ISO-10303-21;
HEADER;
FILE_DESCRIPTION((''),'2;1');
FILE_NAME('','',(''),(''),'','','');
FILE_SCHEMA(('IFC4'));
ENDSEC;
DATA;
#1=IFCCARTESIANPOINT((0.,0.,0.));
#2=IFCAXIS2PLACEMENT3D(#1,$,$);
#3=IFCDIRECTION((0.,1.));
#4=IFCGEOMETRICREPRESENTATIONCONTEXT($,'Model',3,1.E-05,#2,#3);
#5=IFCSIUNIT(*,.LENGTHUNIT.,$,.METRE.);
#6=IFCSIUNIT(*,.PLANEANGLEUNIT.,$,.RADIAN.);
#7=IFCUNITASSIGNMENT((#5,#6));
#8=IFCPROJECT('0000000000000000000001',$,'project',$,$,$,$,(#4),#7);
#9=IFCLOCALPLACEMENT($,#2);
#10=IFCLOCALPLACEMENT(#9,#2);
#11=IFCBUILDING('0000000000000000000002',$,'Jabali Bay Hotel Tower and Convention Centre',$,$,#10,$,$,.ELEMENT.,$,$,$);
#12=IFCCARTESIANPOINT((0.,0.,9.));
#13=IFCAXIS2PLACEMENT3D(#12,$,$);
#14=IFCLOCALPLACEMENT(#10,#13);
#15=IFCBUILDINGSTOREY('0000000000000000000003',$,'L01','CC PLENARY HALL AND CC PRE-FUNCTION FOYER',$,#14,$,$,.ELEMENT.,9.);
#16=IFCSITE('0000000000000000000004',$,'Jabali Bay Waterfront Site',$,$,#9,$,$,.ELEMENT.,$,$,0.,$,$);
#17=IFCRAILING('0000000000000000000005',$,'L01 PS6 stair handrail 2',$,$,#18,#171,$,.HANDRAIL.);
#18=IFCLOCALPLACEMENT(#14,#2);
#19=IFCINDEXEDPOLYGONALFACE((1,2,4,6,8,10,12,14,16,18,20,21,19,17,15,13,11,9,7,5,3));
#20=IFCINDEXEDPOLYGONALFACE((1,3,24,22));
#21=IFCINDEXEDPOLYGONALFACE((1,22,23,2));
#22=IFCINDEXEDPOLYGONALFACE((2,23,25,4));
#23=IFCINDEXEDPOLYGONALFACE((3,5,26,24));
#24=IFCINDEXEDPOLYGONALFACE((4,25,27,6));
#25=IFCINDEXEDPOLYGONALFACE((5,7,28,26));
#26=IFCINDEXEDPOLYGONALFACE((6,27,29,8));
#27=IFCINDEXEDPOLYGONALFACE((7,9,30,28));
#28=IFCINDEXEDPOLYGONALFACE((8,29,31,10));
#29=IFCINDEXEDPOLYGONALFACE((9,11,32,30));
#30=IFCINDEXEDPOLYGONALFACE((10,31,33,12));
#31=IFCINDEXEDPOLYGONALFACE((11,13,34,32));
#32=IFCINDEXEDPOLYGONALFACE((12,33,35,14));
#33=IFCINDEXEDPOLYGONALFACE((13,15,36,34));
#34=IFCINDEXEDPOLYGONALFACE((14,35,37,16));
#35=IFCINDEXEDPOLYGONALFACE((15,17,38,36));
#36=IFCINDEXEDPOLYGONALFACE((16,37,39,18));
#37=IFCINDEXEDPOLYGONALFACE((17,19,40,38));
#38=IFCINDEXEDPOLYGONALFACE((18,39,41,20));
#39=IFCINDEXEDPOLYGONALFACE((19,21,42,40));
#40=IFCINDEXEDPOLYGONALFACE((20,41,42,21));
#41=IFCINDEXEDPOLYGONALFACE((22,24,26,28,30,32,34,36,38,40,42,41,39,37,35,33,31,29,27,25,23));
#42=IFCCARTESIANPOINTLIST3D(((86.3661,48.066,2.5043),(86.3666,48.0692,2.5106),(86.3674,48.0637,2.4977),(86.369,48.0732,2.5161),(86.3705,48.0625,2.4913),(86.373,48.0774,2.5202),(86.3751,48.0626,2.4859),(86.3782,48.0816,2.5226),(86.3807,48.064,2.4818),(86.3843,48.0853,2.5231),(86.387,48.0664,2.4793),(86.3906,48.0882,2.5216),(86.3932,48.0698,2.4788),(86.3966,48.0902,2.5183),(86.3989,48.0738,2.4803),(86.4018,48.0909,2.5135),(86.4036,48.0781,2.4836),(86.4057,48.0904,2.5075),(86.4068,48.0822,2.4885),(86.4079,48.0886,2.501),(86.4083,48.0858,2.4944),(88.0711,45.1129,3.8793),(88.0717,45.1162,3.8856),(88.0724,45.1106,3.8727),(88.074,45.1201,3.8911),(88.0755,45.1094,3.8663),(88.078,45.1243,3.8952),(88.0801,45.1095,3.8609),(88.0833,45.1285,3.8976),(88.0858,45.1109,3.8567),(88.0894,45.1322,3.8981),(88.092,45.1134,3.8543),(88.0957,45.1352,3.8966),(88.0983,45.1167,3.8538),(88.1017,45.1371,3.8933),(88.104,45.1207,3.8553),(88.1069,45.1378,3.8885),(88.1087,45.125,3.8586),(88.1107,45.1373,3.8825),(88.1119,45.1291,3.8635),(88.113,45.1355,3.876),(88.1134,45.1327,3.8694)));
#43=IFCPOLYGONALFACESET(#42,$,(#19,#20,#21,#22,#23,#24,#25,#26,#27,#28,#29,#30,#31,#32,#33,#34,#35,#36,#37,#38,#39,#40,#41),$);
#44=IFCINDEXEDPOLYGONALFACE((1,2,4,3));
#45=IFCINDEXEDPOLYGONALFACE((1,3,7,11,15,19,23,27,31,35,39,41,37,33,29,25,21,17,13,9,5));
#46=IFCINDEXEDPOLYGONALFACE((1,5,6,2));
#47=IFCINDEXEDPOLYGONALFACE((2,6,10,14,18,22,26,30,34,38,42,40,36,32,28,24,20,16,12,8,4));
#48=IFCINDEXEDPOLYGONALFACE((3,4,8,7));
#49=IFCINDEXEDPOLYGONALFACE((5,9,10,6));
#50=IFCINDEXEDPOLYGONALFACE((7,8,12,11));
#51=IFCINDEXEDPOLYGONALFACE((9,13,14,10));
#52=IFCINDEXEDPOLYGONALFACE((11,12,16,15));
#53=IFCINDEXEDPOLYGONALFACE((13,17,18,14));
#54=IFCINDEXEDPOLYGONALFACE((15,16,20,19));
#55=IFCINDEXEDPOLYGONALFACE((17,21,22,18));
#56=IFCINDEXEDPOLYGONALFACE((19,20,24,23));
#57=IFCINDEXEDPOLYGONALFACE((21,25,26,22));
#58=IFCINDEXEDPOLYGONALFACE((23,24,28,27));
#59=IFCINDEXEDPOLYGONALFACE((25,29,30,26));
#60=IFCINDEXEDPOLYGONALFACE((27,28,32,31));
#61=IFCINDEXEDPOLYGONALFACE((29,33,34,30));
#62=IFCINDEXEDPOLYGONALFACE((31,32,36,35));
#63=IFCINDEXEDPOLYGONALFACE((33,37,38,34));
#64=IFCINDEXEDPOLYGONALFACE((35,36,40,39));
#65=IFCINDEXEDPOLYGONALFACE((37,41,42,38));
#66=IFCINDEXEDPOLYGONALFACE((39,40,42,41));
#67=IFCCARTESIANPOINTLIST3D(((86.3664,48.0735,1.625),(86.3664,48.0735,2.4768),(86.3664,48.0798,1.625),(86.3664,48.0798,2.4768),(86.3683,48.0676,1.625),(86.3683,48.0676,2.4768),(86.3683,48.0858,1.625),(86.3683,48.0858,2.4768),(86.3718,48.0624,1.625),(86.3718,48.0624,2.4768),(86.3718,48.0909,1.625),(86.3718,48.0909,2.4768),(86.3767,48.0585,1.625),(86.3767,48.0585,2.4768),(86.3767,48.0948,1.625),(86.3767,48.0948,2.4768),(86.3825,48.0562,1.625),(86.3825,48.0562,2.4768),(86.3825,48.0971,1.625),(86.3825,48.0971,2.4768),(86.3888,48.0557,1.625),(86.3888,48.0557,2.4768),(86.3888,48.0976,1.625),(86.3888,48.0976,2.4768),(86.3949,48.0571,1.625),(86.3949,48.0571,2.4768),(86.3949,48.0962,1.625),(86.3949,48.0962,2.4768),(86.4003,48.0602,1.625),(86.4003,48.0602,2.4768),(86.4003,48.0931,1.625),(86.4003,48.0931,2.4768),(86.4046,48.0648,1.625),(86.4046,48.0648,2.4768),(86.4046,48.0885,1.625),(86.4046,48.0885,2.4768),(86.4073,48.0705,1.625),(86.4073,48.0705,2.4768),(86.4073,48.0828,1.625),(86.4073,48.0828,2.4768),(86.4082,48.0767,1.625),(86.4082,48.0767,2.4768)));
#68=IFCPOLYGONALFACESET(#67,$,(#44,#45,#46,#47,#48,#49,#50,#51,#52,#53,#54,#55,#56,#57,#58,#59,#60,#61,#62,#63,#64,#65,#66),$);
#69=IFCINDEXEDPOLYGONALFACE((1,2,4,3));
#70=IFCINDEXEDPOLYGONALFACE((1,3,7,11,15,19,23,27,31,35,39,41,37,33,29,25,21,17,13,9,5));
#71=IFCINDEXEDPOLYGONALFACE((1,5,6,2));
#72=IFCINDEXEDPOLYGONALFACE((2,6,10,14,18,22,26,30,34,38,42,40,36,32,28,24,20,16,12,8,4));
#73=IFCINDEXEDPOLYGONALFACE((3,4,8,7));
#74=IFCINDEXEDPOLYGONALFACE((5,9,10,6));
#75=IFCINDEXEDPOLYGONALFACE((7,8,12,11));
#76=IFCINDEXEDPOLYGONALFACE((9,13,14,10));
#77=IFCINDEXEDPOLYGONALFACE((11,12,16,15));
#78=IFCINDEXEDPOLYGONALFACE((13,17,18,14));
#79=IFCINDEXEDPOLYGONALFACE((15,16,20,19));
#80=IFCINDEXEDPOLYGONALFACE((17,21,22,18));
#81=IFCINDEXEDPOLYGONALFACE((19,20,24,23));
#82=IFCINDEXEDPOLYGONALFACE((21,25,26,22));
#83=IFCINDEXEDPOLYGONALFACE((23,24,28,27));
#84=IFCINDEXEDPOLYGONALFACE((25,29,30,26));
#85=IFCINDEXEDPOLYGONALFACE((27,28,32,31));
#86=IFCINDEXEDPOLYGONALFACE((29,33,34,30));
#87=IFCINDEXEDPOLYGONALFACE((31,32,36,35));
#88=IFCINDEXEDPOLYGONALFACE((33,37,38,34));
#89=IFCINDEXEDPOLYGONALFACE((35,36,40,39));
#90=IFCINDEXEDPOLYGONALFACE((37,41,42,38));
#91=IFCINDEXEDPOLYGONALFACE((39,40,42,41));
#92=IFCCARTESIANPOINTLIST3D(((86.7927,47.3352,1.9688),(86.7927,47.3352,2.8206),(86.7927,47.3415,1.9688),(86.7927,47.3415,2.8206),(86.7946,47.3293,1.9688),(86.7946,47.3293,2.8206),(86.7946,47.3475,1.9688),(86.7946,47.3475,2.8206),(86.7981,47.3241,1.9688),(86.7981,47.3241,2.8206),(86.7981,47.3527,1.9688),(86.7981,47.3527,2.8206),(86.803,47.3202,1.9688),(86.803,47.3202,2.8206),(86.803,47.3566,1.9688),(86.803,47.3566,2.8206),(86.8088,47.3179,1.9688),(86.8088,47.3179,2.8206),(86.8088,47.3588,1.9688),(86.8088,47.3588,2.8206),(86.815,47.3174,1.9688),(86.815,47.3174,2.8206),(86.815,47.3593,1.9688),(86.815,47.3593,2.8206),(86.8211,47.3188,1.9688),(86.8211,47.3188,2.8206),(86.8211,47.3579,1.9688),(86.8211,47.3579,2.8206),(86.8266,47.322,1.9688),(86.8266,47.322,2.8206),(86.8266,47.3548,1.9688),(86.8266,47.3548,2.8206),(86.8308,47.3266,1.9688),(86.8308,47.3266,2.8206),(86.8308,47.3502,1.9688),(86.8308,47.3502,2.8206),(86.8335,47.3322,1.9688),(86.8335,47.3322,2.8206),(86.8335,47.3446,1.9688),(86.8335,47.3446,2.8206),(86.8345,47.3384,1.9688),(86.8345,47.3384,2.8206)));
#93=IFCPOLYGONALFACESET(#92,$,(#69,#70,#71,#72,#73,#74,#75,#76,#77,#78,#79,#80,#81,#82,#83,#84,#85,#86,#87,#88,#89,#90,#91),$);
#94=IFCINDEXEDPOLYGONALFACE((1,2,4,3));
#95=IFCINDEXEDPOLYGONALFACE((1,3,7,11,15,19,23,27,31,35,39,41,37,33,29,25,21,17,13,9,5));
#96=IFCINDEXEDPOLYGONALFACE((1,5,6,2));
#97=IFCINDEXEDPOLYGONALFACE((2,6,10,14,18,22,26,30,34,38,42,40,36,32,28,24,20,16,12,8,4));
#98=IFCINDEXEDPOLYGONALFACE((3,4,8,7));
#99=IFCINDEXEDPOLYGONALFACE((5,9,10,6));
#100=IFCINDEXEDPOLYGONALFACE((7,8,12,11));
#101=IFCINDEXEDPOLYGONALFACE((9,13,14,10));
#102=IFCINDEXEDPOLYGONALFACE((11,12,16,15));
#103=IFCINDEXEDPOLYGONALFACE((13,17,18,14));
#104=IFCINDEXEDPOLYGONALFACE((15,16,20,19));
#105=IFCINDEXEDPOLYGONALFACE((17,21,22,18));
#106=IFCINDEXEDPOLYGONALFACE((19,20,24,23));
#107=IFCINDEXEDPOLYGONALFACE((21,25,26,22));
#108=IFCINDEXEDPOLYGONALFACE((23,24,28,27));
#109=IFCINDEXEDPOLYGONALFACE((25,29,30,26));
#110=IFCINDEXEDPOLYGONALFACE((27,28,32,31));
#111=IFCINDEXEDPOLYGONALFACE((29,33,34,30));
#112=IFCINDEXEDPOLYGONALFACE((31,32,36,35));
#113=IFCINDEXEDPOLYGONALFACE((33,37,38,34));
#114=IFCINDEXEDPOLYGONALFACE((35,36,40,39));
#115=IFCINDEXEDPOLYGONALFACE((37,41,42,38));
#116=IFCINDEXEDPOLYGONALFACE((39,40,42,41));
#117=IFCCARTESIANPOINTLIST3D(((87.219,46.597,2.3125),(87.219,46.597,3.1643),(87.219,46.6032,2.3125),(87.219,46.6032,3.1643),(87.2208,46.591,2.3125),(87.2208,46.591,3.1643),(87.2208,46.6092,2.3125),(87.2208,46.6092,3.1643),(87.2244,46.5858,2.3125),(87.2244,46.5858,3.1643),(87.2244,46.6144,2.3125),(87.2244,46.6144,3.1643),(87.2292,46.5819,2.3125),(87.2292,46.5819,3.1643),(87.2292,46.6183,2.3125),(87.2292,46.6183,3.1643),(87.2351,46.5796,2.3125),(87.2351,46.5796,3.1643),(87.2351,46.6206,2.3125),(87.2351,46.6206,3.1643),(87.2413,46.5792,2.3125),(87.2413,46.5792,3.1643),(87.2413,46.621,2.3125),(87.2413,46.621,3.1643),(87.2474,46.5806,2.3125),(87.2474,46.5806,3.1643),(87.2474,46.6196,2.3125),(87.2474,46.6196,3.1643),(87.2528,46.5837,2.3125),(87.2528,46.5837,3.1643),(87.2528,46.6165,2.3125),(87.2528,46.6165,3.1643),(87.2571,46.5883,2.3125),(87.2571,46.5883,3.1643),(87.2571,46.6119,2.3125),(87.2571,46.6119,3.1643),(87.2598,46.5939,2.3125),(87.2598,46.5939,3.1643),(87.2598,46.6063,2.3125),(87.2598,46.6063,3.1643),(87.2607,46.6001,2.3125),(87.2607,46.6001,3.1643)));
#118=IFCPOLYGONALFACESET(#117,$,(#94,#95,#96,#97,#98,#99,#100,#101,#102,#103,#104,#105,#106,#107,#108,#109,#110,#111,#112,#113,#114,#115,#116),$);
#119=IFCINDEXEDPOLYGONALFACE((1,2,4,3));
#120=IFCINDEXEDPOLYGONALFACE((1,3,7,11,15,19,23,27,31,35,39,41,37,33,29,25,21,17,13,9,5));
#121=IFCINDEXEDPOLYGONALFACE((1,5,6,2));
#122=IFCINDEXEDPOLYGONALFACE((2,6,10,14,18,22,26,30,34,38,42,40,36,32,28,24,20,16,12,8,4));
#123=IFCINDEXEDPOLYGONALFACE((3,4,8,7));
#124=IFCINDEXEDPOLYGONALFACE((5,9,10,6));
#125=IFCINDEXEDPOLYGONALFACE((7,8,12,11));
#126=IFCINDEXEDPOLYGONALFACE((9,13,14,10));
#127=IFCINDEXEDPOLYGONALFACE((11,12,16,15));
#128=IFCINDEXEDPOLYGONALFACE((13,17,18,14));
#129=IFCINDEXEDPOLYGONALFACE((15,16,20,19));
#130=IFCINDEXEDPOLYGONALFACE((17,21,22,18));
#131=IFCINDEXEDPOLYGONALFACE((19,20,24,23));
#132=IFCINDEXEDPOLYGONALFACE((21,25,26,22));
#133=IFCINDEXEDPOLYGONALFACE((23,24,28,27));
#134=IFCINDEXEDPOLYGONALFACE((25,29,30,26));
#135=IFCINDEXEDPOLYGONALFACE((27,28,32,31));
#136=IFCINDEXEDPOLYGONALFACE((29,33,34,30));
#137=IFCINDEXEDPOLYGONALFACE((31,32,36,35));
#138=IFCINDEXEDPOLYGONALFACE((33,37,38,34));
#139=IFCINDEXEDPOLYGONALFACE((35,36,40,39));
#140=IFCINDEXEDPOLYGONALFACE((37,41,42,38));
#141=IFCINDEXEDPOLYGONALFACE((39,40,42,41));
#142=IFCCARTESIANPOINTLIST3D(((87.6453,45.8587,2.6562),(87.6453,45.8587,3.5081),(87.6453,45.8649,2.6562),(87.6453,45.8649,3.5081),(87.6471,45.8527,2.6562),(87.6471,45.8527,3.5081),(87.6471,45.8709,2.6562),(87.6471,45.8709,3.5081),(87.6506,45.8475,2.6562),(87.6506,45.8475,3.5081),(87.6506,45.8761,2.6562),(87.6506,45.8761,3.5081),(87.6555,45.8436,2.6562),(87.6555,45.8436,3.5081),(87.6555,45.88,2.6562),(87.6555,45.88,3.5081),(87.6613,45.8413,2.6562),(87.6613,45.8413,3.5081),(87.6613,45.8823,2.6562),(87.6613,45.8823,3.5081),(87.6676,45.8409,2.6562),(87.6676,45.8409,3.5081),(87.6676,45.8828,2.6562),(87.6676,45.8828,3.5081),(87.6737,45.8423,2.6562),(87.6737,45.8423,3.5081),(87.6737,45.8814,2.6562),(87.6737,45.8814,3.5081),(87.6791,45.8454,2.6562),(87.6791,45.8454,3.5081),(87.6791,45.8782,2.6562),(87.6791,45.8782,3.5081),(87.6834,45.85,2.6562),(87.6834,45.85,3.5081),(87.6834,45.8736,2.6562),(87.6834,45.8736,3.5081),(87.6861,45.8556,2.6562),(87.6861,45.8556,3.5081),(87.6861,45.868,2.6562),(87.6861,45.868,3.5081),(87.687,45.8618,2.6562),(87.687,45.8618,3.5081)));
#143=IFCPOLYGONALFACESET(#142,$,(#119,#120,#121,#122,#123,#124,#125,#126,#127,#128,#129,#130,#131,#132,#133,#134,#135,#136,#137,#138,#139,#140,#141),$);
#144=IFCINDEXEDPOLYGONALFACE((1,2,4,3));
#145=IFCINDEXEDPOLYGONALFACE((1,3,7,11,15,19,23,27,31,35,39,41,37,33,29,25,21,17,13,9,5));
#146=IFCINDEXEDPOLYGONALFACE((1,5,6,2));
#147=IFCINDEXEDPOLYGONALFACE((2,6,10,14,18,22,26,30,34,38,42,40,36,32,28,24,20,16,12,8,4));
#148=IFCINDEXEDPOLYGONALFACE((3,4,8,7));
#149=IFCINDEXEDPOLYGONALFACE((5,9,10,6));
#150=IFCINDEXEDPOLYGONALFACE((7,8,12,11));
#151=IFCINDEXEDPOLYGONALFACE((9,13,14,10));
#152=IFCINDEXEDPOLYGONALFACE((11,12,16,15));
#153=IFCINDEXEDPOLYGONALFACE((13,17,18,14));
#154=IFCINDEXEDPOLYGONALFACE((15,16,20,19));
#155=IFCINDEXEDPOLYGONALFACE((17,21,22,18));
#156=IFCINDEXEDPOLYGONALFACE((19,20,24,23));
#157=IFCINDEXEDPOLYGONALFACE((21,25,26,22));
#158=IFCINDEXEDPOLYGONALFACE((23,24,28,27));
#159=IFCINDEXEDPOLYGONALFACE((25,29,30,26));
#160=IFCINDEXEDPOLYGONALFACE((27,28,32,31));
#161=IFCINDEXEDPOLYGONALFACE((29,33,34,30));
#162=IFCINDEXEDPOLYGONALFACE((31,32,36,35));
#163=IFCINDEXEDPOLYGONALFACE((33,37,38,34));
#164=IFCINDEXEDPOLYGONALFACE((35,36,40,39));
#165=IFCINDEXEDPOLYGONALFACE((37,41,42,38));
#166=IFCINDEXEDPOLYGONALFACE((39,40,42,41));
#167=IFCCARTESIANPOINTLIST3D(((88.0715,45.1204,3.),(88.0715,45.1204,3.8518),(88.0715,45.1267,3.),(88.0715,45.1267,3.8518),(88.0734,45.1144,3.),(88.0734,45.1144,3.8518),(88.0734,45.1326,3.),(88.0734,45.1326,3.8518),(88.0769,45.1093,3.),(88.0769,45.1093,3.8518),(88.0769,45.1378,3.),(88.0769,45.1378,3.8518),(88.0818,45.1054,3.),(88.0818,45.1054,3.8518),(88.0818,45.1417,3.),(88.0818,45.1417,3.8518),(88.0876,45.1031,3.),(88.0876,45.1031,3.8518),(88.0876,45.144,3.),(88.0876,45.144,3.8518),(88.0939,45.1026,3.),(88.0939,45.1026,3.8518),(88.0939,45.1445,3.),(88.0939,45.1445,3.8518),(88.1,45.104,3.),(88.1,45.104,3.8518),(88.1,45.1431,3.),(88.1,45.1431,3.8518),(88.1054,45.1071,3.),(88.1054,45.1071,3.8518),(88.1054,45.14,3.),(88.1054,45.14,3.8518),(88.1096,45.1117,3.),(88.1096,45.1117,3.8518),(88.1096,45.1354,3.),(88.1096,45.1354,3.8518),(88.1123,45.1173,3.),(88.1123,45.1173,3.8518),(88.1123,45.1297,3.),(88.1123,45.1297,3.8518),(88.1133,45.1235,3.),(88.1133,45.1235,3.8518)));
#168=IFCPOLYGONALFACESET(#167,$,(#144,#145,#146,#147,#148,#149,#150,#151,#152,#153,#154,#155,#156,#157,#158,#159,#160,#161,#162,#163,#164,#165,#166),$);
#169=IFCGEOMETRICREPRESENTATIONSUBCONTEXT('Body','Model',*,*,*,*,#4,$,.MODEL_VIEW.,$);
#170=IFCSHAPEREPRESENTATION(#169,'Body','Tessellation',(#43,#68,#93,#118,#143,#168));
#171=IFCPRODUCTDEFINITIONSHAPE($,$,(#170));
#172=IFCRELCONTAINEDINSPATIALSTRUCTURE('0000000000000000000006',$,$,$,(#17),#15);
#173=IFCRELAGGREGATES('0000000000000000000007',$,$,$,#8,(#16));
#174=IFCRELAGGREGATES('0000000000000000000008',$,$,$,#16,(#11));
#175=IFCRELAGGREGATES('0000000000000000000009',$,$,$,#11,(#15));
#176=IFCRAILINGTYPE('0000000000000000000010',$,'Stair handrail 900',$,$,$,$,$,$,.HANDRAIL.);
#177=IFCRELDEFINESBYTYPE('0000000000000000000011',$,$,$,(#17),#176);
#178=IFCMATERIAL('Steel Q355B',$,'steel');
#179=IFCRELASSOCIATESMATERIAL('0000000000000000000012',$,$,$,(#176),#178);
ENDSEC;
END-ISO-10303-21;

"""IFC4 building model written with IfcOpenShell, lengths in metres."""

from ifc_helpers import new_model, si_unit, direction, frame, origin, origin_2d, place, context, subcontext, project, spatial, circle, extrude, material, type_object, element, save


model = new_model("IFC4")

# Units and contexts
model_context = context("Model", 3, precision=1e-05, world=origin(), true_north=direction((0.0, 1.0)))
body_context = subcontext(model_context, "Body", "Model", "MODEL_VIEW")
ifc_project = project(units=[si_unit("LENGTHUNIT", "METRE"), si_unit("PLANEANGLEUNIT", "RADIAN")], contexts=[model_context])

# Site, building, storey
site_placement = place(None, origin())
site = spatial("IfcSite", under=ifc_project, at=site_placement, Name="Jabali Bay Waterfront Site", CompositionType="ELEMENT", RefElevation=0.0)
building_placement = place(site_placement, origin())
building = spatial("IfcBuilding", under=site, at=building_placement, Name="Jabali Bay Hotel Tower and Convention Centre", CompositionType="ELEMENT")
storey_placement = place(building_placement, frame((0.0, 0.0, 9.0)))
storey = spatial("IfcBuildingStorey", under=building, at=storey_placement, Name="L01", Description="CC PLENARY HALL AND CC PRE-FUNCTION FOYER", CompositionType="ELEMENT", Elevation=9.0)

# Railing
ifc_material_1 = material(Name="Steel Q355B", Category="steel")
railing_type = type_object("IfcRailingType", Name="Stair handrail 900", PredefinedType="HANDRAIL", material=ifc_material_1)
for number, where, name in (
    (1, (86.3872, 48.0767, 1.625), "L01 PS6 stair handrail 2"),
):
    element("IfcRailing", number, at=place(storey_placement, frame(where)), inside=storey, type_object=railing_type, Name=name, PredefinedType="HANDRAIL", context=body_context, shape_type="SweptSolid", body=[
        extrude(circle(Radius=0.0239, at=origin_2d()), frame((0.0, 0.0, 0.876), z_axis=(0.46374, -0.803178, 0.373966), x_axis=(0.866014, 0.50002, 0.0)), (0.0, 0.0, 1.0), 3.6768),
        extrude(circle(Radius=0.021, at=origin_2d()), origin(), (0.0, 0.0, 1.0), 0.8518),
        extrude(circle(Radius=0.021, at=origin_2d()), frame((0.4263, -0.7383, 0.3438)), (0.0, 0.0, 1.0), 0.8518),
        extrude(circle(Radius=0.021, at=origin_2d()), frame((0.8525, -1.4766, 0.6875)), (0.0, 0.0, 1.0), 0.8518),
        extrude(circle(Radius=0.021, at=origin_2d()), frame((1.2788, -2.2148, 1.0312)), (0.0, 0.0, 1.0), 0.8518),
        extrude(circle(Radius=0.021, at=origin_2d()), frame((1.7051, -2.9531, 1.375)), (0.0, 0.0, 1.0), 0.8518),
    ])

save(model, "model.ifc")
